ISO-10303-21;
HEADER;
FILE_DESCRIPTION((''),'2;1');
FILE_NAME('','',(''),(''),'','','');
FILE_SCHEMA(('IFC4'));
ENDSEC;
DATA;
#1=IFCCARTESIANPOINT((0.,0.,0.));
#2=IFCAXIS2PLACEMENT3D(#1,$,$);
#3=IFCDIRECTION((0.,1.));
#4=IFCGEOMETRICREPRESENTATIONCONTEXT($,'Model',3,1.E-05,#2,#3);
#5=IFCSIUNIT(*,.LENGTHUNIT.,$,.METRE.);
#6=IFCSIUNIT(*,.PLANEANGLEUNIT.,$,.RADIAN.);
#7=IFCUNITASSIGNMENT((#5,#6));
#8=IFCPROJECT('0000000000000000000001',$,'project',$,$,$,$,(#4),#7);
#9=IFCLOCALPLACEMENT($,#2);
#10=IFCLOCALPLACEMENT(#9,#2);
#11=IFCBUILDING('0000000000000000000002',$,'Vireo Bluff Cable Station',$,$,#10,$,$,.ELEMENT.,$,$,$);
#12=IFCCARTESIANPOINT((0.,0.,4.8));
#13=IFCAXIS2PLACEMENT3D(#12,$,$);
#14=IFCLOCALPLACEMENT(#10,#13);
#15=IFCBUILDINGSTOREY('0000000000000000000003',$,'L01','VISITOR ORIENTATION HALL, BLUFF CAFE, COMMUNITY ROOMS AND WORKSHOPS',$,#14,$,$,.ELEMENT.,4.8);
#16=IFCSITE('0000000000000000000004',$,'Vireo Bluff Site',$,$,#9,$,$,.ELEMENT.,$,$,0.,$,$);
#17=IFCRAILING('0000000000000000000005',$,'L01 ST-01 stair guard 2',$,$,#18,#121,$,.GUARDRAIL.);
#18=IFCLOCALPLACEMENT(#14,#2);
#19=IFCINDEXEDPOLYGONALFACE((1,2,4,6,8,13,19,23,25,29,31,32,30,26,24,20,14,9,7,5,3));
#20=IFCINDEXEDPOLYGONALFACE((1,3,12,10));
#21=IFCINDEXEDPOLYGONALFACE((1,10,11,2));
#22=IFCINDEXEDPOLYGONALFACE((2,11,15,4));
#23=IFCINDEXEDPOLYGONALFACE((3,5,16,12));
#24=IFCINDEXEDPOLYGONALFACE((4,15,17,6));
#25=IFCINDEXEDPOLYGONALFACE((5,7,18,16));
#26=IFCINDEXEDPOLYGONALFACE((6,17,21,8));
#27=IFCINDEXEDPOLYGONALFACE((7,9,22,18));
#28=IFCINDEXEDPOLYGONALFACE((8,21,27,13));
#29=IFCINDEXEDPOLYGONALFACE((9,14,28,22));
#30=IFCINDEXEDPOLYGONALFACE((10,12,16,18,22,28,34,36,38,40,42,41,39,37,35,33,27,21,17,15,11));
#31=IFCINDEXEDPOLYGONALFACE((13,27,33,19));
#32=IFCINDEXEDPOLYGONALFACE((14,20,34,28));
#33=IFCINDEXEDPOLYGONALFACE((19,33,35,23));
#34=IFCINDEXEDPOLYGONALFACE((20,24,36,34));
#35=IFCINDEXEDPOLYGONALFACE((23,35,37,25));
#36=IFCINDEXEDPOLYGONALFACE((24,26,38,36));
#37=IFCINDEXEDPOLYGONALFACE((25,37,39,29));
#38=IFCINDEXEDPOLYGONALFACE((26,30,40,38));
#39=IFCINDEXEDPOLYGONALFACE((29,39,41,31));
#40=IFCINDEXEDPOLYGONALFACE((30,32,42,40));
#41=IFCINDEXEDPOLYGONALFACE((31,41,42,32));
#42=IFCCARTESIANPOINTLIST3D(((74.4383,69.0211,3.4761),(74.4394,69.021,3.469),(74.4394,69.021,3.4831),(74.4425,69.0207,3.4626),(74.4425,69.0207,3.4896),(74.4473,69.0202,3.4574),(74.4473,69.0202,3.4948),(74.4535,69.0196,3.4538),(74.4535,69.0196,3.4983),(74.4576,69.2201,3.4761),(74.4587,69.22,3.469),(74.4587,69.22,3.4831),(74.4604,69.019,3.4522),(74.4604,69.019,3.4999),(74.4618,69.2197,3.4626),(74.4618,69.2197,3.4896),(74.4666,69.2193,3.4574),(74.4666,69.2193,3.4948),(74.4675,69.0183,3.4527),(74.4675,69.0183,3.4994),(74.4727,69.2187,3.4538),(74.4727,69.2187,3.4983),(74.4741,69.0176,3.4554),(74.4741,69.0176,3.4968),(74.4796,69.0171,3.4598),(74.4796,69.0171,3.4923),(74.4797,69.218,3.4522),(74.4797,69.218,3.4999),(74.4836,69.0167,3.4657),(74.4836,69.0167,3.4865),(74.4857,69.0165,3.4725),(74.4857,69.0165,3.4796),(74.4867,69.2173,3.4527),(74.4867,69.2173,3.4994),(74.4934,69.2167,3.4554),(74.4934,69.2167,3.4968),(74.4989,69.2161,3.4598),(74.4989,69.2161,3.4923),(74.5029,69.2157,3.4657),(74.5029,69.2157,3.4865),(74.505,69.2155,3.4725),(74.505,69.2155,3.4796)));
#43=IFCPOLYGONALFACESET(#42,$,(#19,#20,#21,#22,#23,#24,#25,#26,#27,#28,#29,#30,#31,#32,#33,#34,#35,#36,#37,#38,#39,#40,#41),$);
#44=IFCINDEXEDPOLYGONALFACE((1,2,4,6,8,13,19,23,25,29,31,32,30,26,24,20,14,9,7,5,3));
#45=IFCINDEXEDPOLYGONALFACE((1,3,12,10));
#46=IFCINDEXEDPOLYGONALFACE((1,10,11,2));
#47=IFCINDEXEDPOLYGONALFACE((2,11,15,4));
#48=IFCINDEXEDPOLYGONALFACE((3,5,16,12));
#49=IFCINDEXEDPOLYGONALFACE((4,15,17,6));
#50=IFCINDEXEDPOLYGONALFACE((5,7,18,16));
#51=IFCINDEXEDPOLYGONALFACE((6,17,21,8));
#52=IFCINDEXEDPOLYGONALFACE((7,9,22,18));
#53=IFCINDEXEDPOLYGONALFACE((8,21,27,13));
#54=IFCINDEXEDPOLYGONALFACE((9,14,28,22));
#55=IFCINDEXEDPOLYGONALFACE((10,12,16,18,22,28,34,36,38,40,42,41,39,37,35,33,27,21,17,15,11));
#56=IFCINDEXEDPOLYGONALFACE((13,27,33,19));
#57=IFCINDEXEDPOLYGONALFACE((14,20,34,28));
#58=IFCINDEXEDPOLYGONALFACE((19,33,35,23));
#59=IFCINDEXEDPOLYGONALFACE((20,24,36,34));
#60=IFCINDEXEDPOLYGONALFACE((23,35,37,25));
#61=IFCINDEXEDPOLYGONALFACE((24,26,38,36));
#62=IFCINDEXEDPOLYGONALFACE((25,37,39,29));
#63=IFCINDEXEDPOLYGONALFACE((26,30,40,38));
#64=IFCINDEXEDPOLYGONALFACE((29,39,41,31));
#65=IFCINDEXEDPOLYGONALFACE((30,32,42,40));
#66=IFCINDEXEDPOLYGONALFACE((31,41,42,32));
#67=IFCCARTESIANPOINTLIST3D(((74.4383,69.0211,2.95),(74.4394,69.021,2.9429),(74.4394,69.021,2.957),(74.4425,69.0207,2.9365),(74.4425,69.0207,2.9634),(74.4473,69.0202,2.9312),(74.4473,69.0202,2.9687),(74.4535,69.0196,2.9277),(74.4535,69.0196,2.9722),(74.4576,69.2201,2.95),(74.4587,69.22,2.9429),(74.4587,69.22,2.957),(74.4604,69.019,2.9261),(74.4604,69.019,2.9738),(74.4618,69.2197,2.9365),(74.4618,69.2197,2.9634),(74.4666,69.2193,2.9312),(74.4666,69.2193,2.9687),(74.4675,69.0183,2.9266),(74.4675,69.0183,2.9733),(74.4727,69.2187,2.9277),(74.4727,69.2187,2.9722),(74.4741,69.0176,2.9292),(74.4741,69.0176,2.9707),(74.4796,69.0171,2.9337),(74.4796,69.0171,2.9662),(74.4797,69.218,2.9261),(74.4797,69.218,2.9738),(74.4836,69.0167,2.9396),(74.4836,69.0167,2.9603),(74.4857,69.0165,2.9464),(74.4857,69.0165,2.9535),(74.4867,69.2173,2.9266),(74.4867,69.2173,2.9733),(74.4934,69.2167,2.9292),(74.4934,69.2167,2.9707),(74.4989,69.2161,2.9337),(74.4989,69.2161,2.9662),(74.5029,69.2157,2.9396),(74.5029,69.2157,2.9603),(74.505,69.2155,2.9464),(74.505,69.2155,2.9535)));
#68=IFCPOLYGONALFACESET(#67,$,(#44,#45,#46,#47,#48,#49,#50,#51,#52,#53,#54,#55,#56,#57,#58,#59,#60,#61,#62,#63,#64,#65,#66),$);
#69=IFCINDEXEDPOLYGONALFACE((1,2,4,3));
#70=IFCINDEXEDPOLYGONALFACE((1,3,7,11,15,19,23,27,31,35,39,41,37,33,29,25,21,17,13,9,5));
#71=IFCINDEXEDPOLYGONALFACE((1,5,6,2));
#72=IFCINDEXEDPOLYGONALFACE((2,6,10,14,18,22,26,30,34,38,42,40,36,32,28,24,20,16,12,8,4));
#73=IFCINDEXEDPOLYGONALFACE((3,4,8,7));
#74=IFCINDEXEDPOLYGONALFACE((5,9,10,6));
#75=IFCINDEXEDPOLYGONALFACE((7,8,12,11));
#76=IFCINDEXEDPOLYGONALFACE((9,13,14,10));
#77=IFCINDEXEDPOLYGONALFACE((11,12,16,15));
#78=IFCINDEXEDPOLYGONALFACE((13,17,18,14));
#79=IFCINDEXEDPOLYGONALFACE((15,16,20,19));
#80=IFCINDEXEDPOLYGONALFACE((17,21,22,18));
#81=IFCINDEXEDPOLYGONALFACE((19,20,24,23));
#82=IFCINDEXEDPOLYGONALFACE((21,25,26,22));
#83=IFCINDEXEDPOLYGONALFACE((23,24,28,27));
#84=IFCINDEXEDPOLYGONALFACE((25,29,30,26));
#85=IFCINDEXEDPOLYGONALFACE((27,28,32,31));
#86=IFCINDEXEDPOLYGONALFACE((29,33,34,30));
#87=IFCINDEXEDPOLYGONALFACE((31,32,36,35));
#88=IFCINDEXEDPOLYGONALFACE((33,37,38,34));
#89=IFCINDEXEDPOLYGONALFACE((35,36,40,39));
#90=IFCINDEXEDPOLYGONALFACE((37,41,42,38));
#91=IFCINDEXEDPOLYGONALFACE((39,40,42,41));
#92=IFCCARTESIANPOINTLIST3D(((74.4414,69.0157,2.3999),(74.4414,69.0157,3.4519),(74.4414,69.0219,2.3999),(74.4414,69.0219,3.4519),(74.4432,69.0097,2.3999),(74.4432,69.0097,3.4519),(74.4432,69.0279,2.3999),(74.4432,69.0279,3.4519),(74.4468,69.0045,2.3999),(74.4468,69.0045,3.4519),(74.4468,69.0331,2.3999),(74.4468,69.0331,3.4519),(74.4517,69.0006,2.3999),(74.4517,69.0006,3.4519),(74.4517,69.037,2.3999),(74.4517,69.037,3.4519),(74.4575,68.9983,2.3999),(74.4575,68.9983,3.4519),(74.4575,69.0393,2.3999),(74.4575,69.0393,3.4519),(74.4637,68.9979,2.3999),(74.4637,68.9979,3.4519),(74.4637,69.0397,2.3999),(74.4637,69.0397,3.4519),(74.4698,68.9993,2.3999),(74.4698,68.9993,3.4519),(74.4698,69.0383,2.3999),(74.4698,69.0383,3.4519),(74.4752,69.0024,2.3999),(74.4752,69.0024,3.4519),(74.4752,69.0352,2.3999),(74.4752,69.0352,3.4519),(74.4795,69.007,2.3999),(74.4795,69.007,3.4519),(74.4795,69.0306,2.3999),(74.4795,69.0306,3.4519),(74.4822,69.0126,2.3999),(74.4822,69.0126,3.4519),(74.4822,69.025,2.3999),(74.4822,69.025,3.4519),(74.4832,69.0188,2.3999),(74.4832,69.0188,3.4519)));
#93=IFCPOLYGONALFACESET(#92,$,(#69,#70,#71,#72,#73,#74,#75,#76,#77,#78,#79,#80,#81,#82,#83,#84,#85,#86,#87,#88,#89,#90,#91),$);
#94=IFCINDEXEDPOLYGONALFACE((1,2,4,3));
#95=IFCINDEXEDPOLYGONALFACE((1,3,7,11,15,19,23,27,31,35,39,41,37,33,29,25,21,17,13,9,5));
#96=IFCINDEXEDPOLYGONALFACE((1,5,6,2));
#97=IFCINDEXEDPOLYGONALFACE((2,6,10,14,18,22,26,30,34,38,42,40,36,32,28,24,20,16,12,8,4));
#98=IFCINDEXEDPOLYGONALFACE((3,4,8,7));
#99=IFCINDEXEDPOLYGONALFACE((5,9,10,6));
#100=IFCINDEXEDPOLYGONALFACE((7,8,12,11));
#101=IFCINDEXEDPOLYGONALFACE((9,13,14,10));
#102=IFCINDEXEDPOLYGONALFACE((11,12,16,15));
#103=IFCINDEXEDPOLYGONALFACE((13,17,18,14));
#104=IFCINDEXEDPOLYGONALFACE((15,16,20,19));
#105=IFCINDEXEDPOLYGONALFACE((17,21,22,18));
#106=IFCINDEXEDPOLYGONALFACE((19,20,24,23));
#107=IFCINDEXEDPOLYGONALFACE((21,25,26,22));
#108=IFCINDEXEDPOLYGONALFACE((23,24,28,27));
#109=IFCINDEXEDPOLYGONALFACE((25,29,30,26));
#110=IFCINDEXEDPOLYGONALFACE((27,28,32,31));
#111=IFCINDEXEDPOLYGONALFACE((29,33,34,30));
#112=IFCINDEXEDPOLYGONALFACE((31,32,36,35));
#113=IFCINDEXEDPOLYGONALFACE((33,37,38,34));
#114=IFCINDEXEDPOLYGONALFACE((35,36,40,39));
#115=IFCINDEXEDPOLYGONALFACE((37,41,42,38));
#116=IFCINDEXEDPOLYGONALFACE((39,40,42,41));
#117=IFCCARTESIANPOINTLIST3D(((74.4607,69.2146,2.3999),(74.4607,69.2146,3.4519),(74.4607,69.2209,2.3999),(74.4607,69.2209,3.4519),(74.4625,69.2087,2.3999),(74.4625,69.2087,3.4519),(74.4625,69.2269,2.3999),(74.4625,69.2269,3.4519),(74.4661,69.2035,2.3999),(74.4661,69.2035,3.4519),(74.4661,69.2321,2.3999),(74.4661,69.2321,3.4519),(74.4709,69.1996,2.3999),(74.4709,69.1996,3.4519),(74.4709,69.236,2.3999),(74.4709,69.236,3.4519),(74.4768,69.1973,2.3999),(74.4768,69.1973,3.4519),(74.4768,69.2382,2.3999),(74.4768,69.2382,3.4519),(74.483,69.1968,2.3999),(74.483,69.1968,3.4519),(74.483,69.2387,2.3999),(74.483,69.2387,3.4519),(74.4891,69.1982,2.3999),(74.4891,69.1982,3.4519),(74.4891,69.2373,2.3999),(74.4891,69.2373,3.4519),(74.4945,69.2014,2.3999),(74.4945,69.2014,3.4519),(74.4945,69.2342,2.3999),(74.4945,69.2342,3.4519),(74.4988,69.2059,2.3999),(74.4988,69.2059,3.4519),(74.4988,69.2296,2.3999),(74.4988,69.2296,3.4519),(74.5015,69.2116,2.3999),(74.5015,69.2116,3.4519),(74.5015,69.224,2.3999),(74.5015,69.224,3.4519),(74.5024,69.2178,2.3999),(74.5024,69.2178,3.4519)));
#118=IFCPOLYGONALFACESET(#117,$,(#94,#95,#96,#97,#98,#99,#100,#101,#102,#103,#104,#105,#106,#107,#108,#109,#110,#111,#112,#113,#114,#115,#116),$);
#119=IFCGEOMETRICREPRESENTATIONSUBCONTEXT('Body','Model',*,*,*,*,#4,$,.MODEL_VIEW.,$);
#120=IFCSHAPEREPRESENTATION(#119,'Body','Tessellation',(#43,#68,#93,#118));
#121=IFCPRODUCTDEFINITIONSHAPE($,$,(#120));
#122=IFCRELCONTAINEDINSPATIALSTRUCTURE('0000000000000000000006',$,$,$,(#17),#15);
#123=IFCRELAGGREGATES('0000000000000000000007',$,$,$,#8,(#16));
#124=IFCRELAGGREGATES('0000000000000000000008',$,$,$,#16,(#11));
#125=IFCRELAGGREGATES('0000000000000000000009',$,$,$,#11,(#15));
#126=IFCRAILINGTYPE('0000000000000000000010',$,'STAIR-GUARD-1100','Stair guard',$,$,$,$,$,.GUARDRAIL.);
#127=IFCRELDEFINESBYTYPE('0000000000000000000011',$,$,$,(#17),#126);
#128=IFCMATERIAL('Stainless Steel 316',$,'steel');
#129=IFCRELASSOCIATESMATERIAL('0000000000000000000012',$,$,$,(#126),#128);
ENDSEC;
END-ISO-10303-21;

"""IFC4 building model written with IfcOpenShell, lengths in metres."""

from ifc_helpers import new_model, si_unit, direction, frame, origin, origin_2d, place, context, subcontext, project, spatial, circle, extrude, material, type_object, element, save


model = new_model("IFC4")

# Units and contexts
model_context = context("Model", 3, precision=1e-05, world=origin(), true_north=direction((0.0, 1.0)))
body_context = subcontext(model_context, "Body", "Model", "MODEL_VIEW")
ifc_project = project(units=[si_unit("LENGTHUNIT", "METRE"), si_unit("PLANEANGLEUNIT", "RADIAN")], contexts=[model_context])

# Site, building, storey
site_placement = place(None, origin())
site = spatial("IfcSite", under=ifc_project, at=site_placement, Name="Vireo Bluff Site", CompositionType="ELEMENT", RefElevation=0.0)
building_placement = place(site_placement, origin())
building = spatial("IfcBuilding", under=site, at=building_placement, Name="Vireo Bluff Cable Station", CompositionType="ELEMENT")
storey_placement = place(building_placement, frame((0.0, 0.0, 4.8)))
storey = spatial("IfcBuildingStorey", under=building, at=storey_placement, Name="L01", Description="VISITOR ORIENTATION HALL, BLUFF CAFE, COMMUNITY ROOMS AND WORKSHOPS", CompositionType="ELEMENT", Elevation=4.8)

# Shared definitions
ifc_material_1 = material(Name="Stainless Steel 316", Category="steel")

# Railing
railing_type_1 = type_object("IfcRailingType", Name="STAIR-GUARD-1100", Description="Stair guard", PredefinedType="GUARDRAIL", material=ifc_material_1)
railing_1_placement = place(storey_placement, frame((74.4622, 69.0188, 2.3999)))
element("IfcRailing", 1, at=railing_1_placement, inside=storey, type_object=railing_type_1, Name="L01 ST-01 stair guard 2", PredefinedType="GUARDRAIL", context=body_context, shape_type="SweptSolid", body=[
    extrude(circle(Radius=0.0239, at=origin_2d()), frame((0.0, 0.0, 1.0762), z_axis=(0.09648, 0.995335, 0.0), x_axis=(-0.995335, 0.09648, 0.0)), (0.0, 0.0, 1.0), 0.2),
    extrude(circle(Radius=0.0239, at=origin_2d()), frame((0.0, 0.0, 0.55), z_axis=(0.09648, 0.995335, 0.0), x_axis=(-0.995335, 0.09648, 0.0)), (0.0, 0.0, 1.0), 0.2),
    extrude(circle(Radius=0.021, at=origin_2d()), origin(), (0.0, 0.0, 1.0), 1.052),
    extrude(circle(Radius=0.021, at=origin_2d()), frame((0.0193, 0.199, 0.0)), (0.0, 0.0, 1.0), 1.052),
])

save(model, "model.ifc")
